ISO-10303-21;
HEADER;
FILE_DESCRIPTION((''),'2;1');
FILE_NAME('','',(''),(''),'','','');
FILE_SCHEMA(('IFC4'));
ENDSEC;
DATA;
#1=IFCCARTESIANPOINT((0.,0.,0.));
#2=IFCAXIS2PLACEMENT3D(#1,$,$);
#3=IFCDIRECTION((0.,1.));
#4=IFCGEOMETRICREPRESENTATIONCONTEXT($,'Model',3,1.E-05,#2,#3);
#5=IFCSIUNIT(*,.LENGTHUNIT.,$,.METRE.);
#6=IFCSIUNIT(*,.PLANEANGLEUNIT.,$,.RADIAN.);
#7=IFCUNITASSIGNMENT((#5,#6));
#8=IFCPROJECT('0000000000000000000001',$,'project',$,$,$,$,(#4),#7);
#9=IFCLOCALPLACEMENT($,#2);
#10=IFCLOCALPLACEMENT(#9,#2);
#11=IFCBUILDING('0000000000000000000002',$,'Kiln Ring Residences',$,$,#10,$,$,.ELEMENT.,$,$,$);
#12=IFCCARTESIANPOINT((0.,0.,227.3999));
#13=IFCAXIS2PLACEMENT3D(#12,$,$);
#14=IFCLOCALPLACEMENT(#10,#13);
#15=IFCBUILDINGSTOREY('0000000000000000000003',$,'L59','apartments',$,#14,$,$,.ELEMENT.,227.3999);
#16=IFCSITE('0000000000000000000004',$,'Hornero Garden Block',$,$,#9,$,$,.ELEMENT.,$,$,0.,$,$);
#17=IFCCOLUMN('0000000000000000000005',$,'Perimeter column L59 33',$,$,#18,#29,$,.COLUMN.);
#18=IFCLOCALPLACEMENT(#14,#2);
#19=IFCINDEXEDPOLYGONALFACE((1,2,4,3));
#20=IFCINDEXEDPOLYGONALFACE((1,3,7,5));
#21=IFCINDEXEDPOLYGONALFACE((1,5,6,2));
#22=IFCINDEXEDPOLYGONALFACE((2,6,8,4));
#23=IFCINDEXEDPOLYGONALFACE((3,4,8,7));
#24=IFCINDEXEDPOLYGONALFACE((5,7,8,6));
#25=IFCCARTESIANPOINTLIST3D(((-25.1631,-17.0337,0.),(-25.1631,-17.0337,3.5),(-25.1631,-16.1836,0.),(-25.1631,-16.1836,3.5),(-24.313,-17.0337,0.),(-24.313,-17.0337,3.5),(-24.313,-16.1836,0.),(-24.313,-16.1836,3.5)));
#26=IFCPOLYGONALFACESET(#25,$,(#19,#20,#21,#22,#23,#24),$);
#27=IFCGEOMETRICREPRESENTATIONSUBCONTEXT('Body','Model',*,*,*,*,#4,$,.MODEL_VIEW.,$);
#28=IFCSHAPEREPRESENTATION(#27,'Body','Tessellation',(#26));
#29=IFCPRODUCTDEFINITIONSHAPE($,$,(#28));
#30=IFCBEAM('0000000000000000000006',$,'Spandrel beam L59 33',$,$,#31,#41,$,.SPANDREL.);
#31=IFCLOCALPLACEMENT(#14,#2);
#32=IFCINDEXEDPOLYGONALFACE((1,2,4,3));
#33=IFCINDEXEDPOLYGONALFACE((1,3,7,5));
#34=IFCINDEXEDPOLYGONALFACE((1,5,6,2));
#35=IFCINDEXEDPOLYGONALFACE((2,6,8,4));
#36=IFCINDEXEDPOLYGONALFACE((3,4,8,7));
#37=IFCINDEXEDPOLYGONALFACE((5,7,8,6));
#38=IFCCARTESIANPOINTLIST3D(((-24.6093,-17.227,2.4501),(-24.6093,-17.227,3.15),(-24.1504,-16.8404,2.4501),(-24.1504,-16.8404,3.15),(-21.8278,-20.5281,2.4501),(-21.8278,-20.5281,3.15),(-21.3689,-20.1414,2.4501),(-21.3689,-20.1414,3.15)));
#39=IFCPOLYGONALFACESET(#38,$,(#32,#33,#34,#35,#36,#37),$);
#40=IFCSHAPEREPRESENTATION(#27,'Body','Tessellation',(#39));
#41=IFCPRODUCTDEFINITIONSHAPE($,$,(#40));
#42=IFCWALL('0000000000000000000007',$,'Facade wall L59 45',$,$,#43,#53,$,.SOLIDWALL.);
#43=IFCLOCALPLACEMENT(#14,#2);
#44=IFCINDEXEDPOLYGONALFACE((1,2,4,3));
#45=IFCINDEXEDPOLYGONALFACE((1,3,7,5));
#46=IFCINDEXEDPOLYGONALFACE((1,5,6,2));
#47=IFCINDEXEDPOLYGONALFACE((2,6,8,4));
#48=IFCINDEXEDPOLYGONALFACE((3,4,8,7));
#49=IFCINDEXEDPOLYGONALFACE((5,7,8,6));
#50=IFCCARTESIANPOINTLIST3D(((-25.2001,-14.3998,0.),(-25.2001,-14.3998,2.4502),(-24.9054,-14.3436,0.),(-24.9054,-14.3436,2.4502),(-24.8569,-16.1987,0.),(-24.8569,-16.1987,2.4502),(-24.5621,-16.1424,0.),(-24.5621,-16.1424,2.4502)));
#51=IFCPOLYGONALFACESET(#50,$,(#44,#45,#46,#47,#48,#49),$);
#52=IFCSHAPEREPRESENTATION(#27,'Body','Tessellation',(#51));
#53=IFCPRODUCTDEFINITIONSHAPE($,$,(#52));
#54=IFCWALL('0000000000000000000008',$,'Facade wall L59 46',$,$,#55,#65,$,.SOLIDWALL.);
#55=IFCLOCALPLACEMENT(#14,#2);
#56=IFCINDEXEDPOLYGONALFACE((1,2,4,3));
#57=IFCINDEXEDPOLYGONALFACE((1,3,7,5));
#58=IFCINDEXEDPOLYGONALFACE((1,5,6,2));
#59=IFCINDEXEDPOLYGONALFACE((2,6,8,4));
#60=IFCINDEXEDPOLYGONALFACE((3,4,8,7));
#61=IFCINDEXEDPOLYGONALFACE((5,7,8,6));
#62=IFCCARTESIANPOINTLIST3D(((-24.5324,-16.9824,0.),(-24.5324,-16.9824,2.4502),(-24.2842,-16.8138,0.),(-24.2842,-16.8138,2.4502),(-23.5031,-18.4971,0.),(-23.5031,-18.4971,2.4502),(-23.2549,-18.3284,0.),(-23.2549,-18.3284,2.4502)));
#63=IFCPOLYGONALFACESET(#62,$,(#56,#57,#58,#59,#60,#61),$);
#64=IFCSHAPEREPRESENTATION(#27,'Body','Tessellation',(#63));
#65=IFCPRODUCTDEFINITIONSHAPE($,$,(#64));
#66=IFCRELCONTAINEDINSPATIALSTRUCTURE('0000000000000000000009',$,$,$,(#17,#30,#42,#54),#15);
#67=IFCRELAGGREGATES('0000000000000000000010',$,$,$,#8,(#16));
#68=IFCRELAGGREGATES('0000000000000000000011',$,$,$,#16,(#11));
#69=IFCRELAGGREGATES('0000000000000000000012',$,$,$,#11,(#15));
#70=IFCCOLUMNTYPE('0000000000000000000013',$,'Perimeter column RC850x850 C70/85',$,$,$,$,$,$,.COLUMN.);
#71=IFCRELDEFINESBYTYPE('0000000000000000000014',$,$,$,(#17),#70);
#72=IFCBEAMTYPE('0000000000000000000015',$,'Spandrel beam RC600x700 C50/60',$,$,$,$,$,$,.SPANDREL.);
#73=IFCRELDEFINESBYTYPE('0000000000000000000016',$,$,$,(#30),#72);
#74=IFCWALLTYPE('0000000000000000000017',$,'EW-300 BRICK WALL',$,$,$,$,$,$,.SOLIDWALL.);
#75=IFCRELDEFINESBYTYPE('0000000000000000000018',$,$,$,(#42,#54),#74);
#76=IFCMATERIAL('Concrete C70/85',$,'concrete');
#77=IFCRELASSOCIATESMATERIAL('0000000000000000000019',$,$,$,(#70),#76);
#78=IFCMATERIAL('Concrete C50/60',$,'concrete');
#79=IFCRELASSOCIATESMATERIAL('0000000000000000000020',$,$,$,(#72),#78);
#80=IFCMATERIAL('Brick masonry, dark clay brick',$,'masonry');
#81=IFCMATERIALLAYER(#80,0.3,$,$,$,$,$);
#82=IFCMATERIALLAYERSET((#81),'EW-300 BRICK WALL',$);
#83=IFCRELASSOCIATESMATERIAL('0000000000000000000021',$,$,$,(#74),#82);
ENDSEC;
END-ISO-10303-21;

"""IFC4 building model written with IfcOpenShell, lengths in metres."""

from ifc_helpers import new_model, si_unit, direction, frame, frame_2d, origin, origin_2d, place, context, subcontext, project, spatial, rectangle, extrude, material, layer, layer_set, material_profile, profile_set, type_object, element, save


model = new_model("IFC4")

# Units and contexts
model_context = context("Model", 3, precision=1e-05, world=origin(), true_north=direction((0.0, 1.0)))
body_context = subcontext(model_context, "Body", "Model", "MODEL_VIEW")
ifc_project = project(units=[si_unit("LENGTHUNIT", "METRE"), si_unit("PLANEANGLEUNIT", "RADIAN")], contexts=[model_context])

# Site, building, storey
site_placement = place(None, origin())
site = spatial("IfcSite", under=ifc_project, at=site_placement, Name="Hornero Garden Block", CompositionType="ELEMENT", RefElevation=0.0)
building_placement = place(site_placement, origin())
building = spatial("IfcBuilding", under=site, at=building_placement, Name="Kiln Ring Residences", CompositionType="ELEMENT")
storey_placement = place(building_placement, frame((0.0, 0.0, 227.3999)))
storey = spatial("IfcBuildingStorey", under=building, at=storey_placement, Name="L59", Description="apartments", CompositionType="ELEMENT", Elevation=227.3999)

# Column
ifc_material_1 = material(Name="Concrete C70/85", Category="concrete")
ifc_material_profile_1 = material_profile(ifc_material_1, rectangle(XDim=0.8501, YDim=0.8501, at=origin_2d()), Name="RC850x850")
ifc_profile_set_1 = profile_set([ifc_material_profile_1], Name="Concrete C70/85")
column_type = type_object("IfcColumnType", Name="Perimeter column RC850x850 C70/85", PredefinedType="COLUMN", material=ifc_profile_set_1)
column_placement = place(storey_placement, frame((-24.738, -16.6086, 0.0), z_axis=(0.0, 0.0, 1.0), x_axis=(1.0, 0.0, 0.0)))
element("IfcColumn", 1, at=column_placement, inside=storey, type_object=column_type, Name="Perimeter column L59 33", PredefinedType="COLUMN", context=body_context, shape_type="SweptSolid", body=[
    extrude(rectangle(XDim=0.8501, YDim=0.8501, at=origin_2d()), origin(), (0.0, 0.0, 1.0), 3.5),
])

# Beam
ifc_material_2 = material(Name="Concrete C50/60", Category="concrete")
ifc_material_profile_2 = material_profile(ifc_material_2, rectangle(XDim=0.6001, YDim=0.7, at=origin_2d()), Name="RC600x700")
ifc_profile_set_2 = profile_set([ifc_material_profile_2], Name="Concrete C50/60")
beam_type = type_object("IfcBeamType", Name="Spandrel beam RC600x700 C50/60", PredefinedType="SPANDREL", material=ifc_profile_set_2)
beam_placement = place(storey_placement, frame((-24.3799, -17.0337, 2.8), z_axis=(0.644364, -0.764719, 0.0), x_axis=(0.764719, 0.644364, 0.0)))
element("IfcBeam", 2, at=beam_placement, inside=storey, type_object=beam_type, Name="Spandrel beam L59 33", PredefinedType="SPANDREL", context=body_context, shape_type="SweptSolid", body=[
    extrude(rectangle(XDim=0.6001, YDim=0.7, at=origin_2d()), origin(), (0.0, 0.0, 1.0), 4.3167),
])

# Walls
ifc_material_3 = material(Name="Brick masonry, dark clay brick", Category="masonry")
ifc_layer_1 = layer(ifc_material_3, 0.3)
ifc_layer_set_1 = layer_set([ifc_layer_1], Name="EW-300 BRICK WALL")
wall_type_1 = type_object("IfcWallType", Name="EW-300 BRICK WALL", PredefinedType="SOLIDWALL", material=ifc_layer_set_1)
for number, where, z_axis, x_axis, name in (
    (3, (-25.0527, -14.3718, 0.0), (0.0, 0.0, 1.0), (0.187443, -0.982275, 0.0), "Facade wall L59 45"),
    (4, (-24.4082, -16.8982, 0.0), (0.0, 0.0, 1.0), (0.562062, -0.827095, 0.0), "Facade wall L59 46"),
):
    element("IfcWall", number, at=place(storey_placement, frame(where, z_axis=z_axis, x_axis=x_axis)), inside=storey, type_object=wall_type_1, Name=name, PredefinedType="SOLIDWALL", context=body_context, shape_type="SweptSolid", body=[
        extrude(rectangle(XDim=1.8313, YDim=0.3, at=frame_2d((0.9155, 0.0))), origin(), (0.0, 0.0, 1.0), 2.4502),
    ])

save(model, "model.ifc")
